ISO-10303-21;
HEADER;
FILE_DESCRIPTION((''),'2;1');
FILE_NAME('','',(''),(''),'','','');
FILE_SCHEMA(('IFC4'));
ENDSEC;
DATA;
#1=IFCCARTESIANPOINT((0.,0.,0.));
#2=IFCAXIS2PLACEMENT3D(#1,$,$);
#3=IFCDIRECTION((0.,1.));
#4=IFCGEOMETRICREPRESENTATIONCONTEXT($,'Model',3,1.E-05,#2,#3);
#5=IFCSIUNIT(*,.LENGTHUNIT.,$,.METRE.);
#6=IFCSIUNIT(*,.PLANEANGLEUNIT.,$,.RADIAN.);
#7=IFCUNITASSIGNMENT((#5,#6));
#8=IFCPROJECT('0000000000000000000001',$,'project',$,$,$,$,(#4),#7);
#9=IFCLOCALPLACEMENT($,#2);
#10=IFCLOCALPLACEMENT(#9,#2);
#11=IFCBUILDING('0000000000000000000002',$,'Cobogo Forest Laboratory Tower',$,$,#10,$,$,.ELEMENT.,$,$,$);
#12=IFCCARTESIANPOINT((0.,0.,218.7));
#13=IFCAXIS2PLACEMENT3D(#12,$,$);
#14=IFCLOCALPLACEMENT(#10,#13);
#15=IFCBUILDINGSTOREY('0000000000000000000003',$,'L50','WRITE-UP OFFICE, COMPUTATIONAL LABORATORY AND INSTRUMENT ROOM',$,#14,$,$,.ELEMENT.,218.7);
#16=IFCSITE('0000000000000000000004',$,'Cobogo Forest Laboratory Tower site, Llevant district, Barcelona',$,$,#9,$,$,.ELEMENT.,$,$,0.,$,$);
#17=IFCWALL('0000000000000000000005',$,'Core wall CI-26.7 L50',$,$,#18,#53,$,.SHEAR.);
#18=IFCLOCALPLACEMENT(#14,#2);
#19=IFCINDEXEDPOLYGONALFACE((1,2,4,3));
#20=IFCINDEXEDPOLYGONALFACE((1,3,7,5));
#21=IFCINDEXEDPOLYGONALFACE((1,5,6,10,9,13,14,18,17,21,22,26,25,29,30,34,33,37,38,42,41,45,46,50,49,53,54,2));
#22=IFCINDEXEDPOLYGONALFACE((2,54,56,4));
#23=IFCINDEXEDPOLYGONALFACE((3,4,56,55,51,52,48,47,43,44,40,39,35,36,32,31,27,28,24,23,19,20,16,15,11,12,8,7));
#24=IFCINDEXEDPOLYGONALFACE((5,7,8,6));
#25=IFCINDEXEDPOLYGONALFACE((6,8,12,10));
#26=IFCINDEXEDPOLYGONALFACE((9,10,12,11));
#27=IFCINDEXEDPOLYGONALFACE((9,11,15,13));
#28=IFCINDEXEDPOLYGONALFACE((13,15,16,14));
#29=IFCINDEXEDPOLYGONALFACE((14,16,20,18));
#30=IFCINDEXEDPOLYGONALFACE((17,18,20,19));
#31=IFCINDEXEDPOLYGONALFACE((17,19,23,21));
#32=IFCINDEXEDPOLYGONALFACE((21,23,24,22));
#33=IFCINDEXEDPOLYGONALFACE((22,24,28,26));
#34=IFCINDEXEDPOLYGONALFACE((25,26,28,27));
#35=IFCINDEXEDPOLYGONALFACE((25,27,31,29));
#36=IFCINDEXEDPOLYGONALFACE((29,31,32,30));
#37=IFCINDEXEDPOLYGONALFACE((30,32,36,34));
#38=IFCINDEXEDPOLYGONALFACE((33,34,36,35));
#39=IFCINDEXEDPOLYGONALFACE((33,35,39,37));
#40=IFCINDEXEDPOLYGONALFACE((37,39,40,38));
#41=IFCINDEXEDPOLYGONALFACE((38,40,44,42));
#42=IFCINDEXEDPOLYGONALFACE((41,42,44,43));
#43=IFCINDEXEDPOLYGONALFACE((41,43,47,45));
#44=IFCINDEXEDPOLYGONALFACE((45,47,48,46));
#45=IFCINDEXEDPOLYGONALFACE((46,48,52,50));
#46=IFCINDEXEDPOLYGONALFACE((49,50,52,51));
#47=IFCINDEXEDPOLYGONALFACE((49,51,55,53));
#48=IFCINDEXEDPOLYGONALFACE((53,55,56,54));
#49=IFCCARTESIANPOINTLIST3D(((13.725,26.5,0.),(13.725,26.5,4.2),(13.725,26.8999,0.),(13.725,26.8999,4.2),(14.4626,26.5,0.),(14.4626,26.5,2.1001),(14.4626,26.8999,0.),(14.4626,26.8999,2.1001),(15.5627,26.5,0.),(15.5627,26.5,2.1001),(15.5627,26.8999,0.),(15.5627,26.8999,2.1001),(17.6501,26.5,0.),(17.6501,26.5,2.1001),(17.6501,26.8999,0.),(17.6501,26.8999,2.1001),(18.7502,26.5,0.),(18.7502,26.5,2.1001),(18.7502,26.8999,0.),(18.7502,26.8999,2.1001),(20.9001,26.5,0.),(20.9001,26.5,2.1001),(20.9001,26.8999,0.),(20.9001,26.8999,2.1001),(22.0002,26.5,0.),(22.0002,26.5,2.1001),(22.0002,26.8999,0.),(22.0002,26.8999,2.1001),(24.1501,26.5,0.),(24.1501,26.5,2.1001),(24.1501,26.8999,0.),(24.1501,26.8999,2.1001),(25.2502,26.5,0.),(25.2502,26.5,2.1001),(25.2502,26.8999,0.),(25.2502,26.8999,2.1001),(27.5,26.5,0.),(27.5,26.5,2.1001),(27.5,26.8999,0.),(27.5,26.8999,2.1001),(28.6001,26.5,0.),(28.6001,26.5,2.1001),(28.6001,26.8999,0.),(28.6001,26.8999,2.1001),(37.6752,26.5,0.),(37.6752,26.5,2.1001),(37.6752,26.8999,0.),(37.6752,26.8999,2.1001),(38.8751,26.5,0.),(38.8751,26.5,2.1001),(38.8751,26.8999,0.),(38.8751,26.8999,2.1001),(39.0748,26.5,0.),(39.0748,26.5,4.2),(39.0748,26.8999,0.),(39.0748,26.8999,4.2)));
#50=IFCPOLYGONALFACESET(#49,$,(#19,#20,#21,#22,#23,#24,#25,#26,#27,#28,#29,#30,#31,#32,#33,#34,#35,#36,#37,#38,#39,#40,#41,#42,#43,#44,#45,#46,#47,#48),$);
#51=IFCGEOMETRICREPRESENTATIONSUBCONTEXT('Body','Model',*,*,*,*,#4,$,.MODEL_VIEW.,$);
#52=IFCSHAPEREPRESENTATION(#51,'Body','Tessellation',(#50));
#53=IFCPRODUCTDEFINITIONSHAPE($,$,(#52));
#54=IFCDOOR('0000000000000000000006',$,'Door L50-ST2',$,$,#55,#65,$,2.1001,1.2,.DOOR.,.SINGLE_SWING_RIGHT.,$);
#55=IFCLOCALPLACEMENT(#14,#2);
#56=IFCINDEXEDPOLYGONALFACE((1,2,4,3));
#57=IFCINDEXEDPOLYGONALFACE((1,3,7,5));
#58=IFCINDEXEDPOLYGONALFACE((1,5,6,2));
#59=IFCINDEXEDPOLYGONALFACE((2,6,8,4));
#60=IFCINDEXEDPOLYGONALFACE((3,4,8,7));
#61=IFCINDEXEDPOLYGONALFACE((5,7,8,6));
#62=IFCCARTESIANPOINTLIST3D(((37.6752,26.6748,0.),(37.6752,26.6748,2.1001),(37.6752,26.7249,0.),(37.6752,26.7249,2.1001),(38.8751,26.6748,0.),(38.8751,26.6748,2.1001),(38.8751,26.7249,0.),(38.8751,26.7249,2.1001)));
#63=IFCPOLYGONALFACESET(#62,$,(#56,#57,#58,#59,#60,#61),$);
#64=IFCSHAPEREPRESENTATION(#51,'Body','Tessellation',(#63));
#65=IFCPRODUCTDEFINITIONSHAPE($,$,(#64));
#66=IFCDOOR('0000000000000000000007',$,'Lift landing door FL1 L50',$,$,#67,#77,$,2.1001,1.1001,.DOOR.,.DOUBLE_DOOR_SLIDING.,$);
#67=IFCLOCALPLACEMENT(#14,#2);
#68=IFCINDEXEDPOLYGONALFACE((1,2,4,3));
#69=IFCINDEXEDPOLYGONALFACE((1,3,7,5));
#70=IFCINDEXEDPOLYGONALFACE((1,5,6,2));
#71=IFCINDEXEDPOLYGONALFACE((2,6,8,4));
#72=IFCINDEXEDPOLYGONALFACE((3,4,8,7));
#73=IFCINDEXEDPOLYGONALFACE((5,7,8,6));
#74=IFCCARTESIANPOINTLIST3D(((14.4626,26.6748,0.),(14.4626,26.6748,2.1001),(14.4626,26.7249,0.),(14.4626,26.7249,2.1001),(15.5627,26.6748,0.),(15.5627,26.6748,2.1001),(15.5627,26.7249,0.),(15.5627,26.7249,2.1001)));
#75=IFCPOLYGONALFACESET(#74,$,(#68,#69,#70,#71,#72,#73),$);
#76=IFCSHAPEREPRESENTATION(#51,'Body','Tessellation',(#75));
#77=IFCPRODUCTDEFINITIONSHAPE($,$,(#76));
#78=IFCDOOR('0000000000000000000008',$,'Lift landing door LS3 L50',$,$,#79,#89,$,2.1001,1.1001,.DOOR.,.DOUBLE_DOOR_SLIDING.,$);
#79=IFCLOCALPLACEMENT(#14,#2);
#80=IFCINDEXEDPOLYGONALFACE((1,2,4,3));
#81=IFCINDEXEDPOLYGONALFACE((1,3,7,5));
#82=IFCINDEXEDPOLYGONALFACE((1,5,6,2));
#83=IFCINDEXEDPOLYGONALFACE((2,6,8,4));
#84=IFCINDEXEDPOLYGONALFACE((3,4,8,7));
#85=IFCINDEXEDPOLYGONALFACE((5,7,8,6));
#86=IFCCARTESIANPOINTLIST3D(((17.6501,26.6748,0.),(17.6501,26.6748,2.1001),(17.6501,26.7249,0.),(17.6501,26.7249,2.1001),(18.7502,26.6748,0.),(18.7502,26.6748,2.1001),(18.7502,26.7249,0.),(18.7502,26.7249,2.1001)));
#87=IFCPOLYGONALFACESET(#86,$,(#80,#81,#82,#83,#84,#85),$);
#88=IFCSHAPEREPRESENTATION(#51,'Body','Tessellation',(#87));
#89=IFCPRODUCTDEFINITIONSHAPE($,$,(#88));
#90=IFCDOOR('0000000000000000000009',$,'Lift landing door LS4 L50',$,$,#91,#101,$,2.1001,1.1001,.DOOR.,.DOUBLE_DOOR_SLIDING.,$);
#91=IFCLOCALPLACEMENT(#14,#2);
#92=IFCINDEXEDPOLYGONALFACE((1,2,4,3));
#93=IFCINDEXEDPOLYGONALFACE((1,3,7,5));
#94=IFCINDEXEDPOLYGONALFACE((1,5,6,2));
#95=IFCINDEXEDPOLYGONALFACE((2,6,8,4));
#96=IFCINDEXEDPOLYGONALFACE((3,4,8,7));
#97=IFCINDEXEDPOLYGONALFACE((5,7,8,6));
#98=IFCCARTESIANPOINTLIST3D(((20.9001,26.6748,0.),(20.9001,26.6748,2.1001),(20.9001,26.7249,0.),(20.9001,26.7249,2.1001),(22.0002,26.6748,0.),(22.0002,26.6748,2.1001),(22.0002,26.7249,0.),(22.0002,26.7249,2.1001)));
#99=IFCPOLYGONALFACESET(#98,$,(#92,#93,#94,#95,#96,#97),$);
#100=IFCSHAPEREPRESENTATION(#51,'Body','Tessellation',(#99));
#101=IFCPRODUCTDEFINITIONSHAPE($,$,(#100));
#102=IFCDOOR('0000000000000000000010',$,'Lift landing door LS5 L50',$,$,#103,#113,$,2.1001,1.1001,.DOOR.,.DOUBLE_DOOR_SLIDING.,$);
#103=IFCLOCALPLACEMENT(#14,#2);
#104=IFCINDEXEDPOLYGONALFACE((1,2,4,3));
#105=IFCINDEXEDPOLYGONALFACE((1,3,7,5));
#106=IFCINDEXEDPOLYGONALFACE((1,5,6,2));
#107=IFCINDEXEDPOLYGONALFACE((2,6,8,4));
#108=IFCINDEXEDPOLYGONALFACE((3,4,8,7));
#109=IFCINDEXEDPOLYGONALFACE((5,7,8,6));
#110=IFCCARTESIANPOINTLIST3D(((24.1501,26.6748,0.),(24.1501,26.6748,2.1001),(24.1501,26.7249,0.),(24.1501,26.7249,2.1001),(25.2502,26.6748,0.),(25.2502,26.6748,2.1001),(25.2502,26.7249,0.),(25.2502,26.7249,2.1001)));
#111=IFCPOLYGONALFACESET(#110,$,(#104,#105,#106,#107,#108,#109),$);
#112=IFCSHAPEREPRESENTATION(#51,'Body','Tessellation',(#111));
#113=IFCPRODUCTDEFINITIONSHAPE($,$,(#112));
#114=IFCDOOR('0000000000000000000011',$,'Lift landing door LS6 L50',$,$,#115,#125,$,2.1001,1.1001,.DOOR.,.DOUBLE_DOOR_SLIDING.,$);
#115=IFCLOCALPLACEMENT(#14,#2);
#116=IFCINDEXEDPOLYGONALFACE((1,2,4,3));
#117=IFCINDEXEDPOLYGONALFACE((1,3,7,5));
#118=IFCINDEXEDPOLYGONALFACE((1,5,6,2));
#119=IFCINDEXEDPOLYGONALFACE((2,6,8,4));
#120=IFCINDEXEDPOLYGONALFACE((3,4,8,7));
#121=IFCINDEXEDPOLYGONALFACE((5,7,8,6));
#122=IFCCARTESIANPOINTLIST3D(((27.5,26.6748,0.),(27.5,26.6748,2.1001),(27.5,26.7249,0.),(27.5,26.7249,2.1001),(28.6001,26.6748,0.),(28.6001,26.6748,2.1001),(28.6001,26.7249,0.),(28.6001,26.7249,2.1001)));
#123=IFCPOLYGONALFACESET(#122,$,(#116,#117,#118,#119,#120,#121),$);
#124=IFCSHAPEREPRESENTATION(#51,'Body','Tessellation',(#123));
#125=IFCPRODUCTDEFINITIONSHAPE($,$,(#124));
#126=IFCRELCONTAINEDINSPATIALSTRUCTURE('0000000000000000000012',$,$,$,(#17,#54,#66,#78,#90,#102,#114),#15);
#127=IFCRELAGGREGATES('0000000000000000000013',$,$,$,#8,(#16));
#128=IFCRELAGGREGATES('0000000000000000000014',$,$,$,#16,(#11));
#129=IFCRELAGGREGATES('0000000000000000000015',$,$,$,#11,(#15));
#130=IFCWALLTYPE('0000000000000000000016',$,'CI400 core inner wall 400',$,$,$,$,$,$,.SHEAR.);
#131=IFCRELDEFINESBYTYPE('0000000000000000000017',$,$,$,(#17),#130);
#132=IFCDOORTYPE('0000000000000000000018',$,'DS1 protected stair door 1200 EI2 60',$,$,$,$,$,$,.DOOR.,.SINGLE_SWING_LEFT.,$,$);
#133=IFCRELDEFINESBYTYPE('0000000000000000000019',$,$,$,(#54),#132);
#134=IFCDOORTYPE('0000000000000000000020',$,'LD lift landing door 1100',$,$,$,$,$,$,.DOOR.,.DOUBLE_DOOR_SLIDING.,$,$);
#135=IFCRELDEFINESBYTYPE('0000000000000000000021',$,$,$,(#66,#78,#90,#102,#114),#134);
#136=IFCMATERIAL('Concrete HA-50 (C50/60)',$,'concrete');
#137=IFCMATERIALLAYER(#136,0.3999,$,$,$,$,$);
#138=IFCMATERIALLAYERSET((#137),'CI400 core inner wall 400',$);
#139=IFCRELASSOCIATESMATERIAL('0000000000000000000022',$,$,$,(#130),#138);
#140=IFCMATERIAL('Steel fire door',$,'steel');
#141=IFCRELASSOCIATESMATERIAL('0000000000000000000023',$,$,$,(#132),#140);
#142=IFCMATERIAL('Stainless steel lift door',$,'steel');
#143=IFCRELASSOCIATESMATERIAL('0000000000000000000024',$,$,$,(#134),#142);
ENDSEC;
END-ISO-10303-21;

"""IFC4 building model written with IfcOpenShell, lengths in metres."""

from ifc_helpers import new_model, si_unit, direction, frame, frame_2d, origin, place, context, subcontext, project, spatial, rectangle, extrude, material, layer, layer_set, type_object, element, fill, save


model = new_model("IFC4")

# Units and contexts
model_context = context("Model", 3, precision=1e-05, world=origin(), true_north=direction((0.0, 1.0)))
body_context = subcontext(model_context, "Body", "Model", "MODEL_VIEW")
ifc_project = project(units=[si_unit("LENGTHUNIT", "METRE"), si_unit("PLANEANGLEUNIT", "RADIAN")], contexts=[model_context])

# Site, building, storey
site_placement = place(None, origin())
site = spatial("IfcSite", under=ifc_project, at=site_placement, Name="Cobogo Forest Laboratory Tower site, Llevant district, Barcelona", CompositionType="ELEMENT", RefElevation=0.0)
building_placement = place(site_placement, origin())
building = spatial("IfcBuilding", under=site, at=building_placement, Name="Cobogo Forest Laboratory Tower", CompositionType="ELEMENT")
storey_placement = place(building_placement, frame((0.0, 0.0, 218.7)))
storey = spatial("IfcBuildingStorey", under=building, at=storey_placement, Name="L50", Description="WRITE-UP OFFICE, COMPUTATIONAL LABORATORY AND INSTRUMENT ROOM", CompositionType="ELEMENT", Elevation=218.7)

# Shared definitions
ifc_material_1 = material(Name="Concrete HA-50 (C50/60)", Category="concrete")

# Shared definitions
ifc_layer_1 = layer(ifc_material_1, 0.3999)
ifc_layer_set_1 = layer_set([ifc_layer_1], Name="CI400 core inner wall 400")
wall_type_1 = type_object("IfcWallType", Name="CI400 core inner wall 400", PredefinedType="SHEAR", material=ifc_layer_set_1)

# Wall, openings, doors
wall_1_placement = place(storey_placement, frame((13.7251, 26.7, 0.0), z_axis=(0.0, 0.0, 1.0), x_axis=(1.0, 0.0, 0.0)))
wall_1 = element("IfcWall", 1, at=wall_1_placement, inside=storey, type_object=wall_type_1, Name="Core wall CI-26.7 L50", PredefinedType="SHEAR", context=body_context, shape_type="SweptSolid", body=[
    extrude(rectangle(XDim=25.3499, YDim=0.3999, at=frame_2d((12.6748, 0.0))), origin(), (0.0, 0.0, 1.0), 4.2),
])
opening_1_placement = place(wall_1_placement, frame((23.95, 0.0, 0.0)))
opening_1 = element("IfcOpeningElement", 2, at=opening_1_placement, cuts=wall_1, PredefinedType="OPENING", context=body_context, shape_type="SweptSolid", body=[
    extrude(rectangle(XDim=1.2, YDim=2.1001, at=frame_2d((0.6001, 1.05))), frame((0.0, 0.21, 0.0), z_axis=(0.0, -1.0, 0.0), x_axis=(1.0, 0.0, 0.0)), (0.0, 0.0, 1.0), 0.4199),
])
opening_2_placement = place(wall_1_placement, frame((0.7375, 0.0, 0.0)))
opening_2 = element("IfcOpeningElement", 3, at=opening_2_placement, cuts=wall_1, PredefinedType="OPENING", context=body_context, shape_type="SweptSolid", body=[
    extrude(rectangle(XDim=1.1001, YDim=2.1001, at=frame_2d((0.55, 1.05))), frame((0.0, 0.21, 0.0), z_axis=(0.0, -1.0, 0.0), x_axis=(1.0, 0.0, 0.0)), (0.0, 0.0, 1.0), 0.4199),
])
opening_3_placement = place(wall_1_placement, frame((3.925, 0.0, 0.0)))
opening_3 = element("IfcOpeningElement", 4, at=opening_3_placement, cuts=wall_1, PredefinedType="OPENING", context=body_context, shape_type="SweptSolid", body=[
    extrude(rectangle(XDim=1.1001, YDim=2.1001, at=frame_2d((0.55, 1.05))), frame((0.0, 0.21, 0.0), z_axis=(0.0, -1.0, 0.0), x_axis=(1.0, 0.0, 0.0)), (0.0, 0.0, 1.0), 0.4199),
])
opening_4_placement = place(wall_1_placement, frame((7.175, 0.0, 0.0)))
opening_4 = element("IfcOpeningElement", 5, at=opening_4_placement, cuts=wall_1, PredefinedType="OPENING", context=body_context, shape_type="SweptSolid", body=[
    extrude(rectangle(XDim=1.1001, YDim=2.1001, at=frame_2d((0.55, 1.05))), frame((0.0, 0.21, 0.0), z_axis=(0.0, -1.0, 0.0), x_axis=(1.0, 0.0, 0.0)), (0.0, 0.0, 1.0), 0.4199),
])
opening_5_placement = place(wall_1_placement, frame((10.425, 0.0, 0.0)))
opening_5 = element("IfcOpeningElement", 6, at=opening_5_placement, cuts=wall_1, PredefinedType="OPENING", context=body_context, shape_type="SweptSolid", body=[
    extrude(rectangle(XDim=1.1001, YDim=2.1001, at=frame_2d((0.55, 1.05))), frame((0.0, 0.21, 0.0), z_axis=(0.0, -1.0, 0.0), x_axis=(1.0, 0.0, 0.0)), (0.0, 0.0, 1.0), 0.4199),
])
opening_6_placement = place(wall_1_placement, frame((13.7749, 0.0, 0.0)))
opening_6 = element("IfcOpeningElement", 7, at=opening_6_placement, cuts=wall_1, PredefinedType="OPENING", context=body_context, shape_type="SweptSolid", body=[
    extrude(rectangle(XDim=1.1001, YDim=2.1001, at=frame_2d((0.55, 1.05))), frame((0.0, 0.21, 0.0), z_axis=(0.0, -1.0, 0.0), x_axis=(1.0, 0.0, 0.0)), (0.0, 0.0, 1.0), 0.4199),
])
ifc_material_2 = material(Name="Steel fire door", Category="steel")
door_type_1 = type_object("IfcDoorType", Name="DS1 protected stair door 1200 EI2 60", OperationType="SINGLE_SWING_LEFT", PredefinedType="DOOR", material=ifc_material_2)
door_1_placement = place(opening_1_placement, origin())
door_1 = element("IfcDoor", 8, at=door_1_placement, inside=storey, type_object=door_type_1, Name="Door L50-ST2", OperationType="SINGLE_SWING_RIGHT", OverallHeight=2.1001, OverallWidth=1.2, PredefinedType="DOOR", context=body_context, shape_type="SweptSolid", body=[
    extrude(rectangle(XDim=1.2, YDim=2.1001, at=frame_2d((0.6001, 1.05))), frame((0.0, 0.0249, 0.0), z_axis=(0.0, -1.0, 0.0), x_axis=(1.0, 0.0, 0.0)), (0.0, 0.0, 1.0), 0.05),
])
fill(opening_1, door_1)
ifc_material_3 = material(Name="Stainless steel lift door", Category="steel")
door_type_2 = type_object("IfcDoorType", Name="LD lift landing door 1100", OperationType="DOUBLE_DOOR_SLIDING", PredefinedType="DOOR", material=ifc_material_3)
door_2_placement = place(opening_2_placement, origin())
door_2 = element("IfcDoor", 9, at=door_2_placement, inside=storey, type_object=door_type_2, Name="Lift landing door FL1 L50", OperationType="DOUBLE_DOOR_SLIDING", OverallHeight=2.1001, OverallWidth=1.1001, PredefinedType="DOOR", context=body_context, shape_type="SweptSolid", body=[
    extrude(rectangle(XDim=1.1001, YDim=2.1001, at=frame_2d((0.55, 1.05))), frame((0.0, 0.0249, 0.0), z_axis=(0.0, -1.0, 0.0), x_axis=(1.0, 0.0, 0.0)), (0.0, 0.0, 1.0), 0.05),
])
fill(opening_2, door_2)
door_3_placement = place(opening_3_placement, origin())
door_3 = element("IfcDoor", 10, at=door_3_placement, inside=storey, type_object=door_type_2, Name="Lift landing door LS3 L50", OperationType="DOUBLE_DOOR_SLIDING", OverallHeight=2.1001, OverallWidth=1.1001, PredefinedType="DOOR", context=body_context, shape_type="SweptSolid", body=[
    extrude(rectangle(XDim=1.1001, YDim=2.1001, at=frame_2d((0.55, 1.05))), frame((0.0, 0.0249, 0.0), z_axis=(0.0, -1.0, 0.0), x_axis=(1.0, 0.0, 0.0)), (0.0, 0.0, 1.0), 0.05),
])
fill(opening_3, door_3)
door_4_placement = place(opening_4_placement, origin())
door_4 = element("IfcDoor", 11, at=door_4_placement, inside=storey, type_object=door_type_2, Name="Lift landing door LS4 L50", OperationType="DOUBLE_DOOR_SLIDING", OverallHeight=2.1001, OverallWidth=1.1001, PredefinedType="DOOR", context=body_context, shape_type="SweptSolid", body=[
    extrude(rectangle(XDim=1.1001, YDim=2.1001, at=frame_2d((0.55, 1.05))), frame((0.0, 0.0249, 0.0), z_axis=(0.0, -1.0, 0.0), x_axis=(1.0, 0.0, 0.0)), (0.0, 0.0, 1.0), 0.05),
])
fill(opening_4, door_4)
door_5_placement = place(opening_5_placement, origin())
door_5 = element("IfcDoor", 12, at=door_5_placement, inside=storey, type_object=door_type_2, Name="Lift landing door LS5 L50", OperationType="DOUBLE_DOOR_SLIDING", OverallHeight=2.1001, OverallWidth=1.1001, PredefinedType="DOOR", context=body_context, shape_type="SweptSolid", body=[
    extrude(rectangle(XDim=1.1001, YDim=2.1001, at=frame_2d((0.55, 1.05))), frame((0.0, 0.0249, 0.0), z_axis=(0.0, -1.0, 0.0), x_axis=(1.0, 0.0, 0.0)), (0.0, 0.0, 1.0), 0.05),
])
fill(opening_5, door_5)
door_6_placement = place(opening_6_placement, origin())
door_6 = element("IfcDoor", 13, at=door_6_placement, inside=storey, type_object=door_type_2, Name="Lift landing door LS6 L50", OperationType="DOUBLE_DOOR_SLIDING", OverallHeight=2.1001, OverallWidth=1.1001, PredefinedType="DOOR", context=body_context, shape_type="SweptSolid", body=[
    extrude(rectangle(XDim=1.1001, YDim=2.1001, at=frame_2d((0.55, 1.05))), frame((0.0, 0.0249, 0.0), z_axis=(0.0, -1.0, 0.0), x_axis=(1.0, 0.0, 0.0)), (0.0, 0.0, 1.0), 0.05),
])
fill(opening_6, door_6)

save(model, "model.ifc")
